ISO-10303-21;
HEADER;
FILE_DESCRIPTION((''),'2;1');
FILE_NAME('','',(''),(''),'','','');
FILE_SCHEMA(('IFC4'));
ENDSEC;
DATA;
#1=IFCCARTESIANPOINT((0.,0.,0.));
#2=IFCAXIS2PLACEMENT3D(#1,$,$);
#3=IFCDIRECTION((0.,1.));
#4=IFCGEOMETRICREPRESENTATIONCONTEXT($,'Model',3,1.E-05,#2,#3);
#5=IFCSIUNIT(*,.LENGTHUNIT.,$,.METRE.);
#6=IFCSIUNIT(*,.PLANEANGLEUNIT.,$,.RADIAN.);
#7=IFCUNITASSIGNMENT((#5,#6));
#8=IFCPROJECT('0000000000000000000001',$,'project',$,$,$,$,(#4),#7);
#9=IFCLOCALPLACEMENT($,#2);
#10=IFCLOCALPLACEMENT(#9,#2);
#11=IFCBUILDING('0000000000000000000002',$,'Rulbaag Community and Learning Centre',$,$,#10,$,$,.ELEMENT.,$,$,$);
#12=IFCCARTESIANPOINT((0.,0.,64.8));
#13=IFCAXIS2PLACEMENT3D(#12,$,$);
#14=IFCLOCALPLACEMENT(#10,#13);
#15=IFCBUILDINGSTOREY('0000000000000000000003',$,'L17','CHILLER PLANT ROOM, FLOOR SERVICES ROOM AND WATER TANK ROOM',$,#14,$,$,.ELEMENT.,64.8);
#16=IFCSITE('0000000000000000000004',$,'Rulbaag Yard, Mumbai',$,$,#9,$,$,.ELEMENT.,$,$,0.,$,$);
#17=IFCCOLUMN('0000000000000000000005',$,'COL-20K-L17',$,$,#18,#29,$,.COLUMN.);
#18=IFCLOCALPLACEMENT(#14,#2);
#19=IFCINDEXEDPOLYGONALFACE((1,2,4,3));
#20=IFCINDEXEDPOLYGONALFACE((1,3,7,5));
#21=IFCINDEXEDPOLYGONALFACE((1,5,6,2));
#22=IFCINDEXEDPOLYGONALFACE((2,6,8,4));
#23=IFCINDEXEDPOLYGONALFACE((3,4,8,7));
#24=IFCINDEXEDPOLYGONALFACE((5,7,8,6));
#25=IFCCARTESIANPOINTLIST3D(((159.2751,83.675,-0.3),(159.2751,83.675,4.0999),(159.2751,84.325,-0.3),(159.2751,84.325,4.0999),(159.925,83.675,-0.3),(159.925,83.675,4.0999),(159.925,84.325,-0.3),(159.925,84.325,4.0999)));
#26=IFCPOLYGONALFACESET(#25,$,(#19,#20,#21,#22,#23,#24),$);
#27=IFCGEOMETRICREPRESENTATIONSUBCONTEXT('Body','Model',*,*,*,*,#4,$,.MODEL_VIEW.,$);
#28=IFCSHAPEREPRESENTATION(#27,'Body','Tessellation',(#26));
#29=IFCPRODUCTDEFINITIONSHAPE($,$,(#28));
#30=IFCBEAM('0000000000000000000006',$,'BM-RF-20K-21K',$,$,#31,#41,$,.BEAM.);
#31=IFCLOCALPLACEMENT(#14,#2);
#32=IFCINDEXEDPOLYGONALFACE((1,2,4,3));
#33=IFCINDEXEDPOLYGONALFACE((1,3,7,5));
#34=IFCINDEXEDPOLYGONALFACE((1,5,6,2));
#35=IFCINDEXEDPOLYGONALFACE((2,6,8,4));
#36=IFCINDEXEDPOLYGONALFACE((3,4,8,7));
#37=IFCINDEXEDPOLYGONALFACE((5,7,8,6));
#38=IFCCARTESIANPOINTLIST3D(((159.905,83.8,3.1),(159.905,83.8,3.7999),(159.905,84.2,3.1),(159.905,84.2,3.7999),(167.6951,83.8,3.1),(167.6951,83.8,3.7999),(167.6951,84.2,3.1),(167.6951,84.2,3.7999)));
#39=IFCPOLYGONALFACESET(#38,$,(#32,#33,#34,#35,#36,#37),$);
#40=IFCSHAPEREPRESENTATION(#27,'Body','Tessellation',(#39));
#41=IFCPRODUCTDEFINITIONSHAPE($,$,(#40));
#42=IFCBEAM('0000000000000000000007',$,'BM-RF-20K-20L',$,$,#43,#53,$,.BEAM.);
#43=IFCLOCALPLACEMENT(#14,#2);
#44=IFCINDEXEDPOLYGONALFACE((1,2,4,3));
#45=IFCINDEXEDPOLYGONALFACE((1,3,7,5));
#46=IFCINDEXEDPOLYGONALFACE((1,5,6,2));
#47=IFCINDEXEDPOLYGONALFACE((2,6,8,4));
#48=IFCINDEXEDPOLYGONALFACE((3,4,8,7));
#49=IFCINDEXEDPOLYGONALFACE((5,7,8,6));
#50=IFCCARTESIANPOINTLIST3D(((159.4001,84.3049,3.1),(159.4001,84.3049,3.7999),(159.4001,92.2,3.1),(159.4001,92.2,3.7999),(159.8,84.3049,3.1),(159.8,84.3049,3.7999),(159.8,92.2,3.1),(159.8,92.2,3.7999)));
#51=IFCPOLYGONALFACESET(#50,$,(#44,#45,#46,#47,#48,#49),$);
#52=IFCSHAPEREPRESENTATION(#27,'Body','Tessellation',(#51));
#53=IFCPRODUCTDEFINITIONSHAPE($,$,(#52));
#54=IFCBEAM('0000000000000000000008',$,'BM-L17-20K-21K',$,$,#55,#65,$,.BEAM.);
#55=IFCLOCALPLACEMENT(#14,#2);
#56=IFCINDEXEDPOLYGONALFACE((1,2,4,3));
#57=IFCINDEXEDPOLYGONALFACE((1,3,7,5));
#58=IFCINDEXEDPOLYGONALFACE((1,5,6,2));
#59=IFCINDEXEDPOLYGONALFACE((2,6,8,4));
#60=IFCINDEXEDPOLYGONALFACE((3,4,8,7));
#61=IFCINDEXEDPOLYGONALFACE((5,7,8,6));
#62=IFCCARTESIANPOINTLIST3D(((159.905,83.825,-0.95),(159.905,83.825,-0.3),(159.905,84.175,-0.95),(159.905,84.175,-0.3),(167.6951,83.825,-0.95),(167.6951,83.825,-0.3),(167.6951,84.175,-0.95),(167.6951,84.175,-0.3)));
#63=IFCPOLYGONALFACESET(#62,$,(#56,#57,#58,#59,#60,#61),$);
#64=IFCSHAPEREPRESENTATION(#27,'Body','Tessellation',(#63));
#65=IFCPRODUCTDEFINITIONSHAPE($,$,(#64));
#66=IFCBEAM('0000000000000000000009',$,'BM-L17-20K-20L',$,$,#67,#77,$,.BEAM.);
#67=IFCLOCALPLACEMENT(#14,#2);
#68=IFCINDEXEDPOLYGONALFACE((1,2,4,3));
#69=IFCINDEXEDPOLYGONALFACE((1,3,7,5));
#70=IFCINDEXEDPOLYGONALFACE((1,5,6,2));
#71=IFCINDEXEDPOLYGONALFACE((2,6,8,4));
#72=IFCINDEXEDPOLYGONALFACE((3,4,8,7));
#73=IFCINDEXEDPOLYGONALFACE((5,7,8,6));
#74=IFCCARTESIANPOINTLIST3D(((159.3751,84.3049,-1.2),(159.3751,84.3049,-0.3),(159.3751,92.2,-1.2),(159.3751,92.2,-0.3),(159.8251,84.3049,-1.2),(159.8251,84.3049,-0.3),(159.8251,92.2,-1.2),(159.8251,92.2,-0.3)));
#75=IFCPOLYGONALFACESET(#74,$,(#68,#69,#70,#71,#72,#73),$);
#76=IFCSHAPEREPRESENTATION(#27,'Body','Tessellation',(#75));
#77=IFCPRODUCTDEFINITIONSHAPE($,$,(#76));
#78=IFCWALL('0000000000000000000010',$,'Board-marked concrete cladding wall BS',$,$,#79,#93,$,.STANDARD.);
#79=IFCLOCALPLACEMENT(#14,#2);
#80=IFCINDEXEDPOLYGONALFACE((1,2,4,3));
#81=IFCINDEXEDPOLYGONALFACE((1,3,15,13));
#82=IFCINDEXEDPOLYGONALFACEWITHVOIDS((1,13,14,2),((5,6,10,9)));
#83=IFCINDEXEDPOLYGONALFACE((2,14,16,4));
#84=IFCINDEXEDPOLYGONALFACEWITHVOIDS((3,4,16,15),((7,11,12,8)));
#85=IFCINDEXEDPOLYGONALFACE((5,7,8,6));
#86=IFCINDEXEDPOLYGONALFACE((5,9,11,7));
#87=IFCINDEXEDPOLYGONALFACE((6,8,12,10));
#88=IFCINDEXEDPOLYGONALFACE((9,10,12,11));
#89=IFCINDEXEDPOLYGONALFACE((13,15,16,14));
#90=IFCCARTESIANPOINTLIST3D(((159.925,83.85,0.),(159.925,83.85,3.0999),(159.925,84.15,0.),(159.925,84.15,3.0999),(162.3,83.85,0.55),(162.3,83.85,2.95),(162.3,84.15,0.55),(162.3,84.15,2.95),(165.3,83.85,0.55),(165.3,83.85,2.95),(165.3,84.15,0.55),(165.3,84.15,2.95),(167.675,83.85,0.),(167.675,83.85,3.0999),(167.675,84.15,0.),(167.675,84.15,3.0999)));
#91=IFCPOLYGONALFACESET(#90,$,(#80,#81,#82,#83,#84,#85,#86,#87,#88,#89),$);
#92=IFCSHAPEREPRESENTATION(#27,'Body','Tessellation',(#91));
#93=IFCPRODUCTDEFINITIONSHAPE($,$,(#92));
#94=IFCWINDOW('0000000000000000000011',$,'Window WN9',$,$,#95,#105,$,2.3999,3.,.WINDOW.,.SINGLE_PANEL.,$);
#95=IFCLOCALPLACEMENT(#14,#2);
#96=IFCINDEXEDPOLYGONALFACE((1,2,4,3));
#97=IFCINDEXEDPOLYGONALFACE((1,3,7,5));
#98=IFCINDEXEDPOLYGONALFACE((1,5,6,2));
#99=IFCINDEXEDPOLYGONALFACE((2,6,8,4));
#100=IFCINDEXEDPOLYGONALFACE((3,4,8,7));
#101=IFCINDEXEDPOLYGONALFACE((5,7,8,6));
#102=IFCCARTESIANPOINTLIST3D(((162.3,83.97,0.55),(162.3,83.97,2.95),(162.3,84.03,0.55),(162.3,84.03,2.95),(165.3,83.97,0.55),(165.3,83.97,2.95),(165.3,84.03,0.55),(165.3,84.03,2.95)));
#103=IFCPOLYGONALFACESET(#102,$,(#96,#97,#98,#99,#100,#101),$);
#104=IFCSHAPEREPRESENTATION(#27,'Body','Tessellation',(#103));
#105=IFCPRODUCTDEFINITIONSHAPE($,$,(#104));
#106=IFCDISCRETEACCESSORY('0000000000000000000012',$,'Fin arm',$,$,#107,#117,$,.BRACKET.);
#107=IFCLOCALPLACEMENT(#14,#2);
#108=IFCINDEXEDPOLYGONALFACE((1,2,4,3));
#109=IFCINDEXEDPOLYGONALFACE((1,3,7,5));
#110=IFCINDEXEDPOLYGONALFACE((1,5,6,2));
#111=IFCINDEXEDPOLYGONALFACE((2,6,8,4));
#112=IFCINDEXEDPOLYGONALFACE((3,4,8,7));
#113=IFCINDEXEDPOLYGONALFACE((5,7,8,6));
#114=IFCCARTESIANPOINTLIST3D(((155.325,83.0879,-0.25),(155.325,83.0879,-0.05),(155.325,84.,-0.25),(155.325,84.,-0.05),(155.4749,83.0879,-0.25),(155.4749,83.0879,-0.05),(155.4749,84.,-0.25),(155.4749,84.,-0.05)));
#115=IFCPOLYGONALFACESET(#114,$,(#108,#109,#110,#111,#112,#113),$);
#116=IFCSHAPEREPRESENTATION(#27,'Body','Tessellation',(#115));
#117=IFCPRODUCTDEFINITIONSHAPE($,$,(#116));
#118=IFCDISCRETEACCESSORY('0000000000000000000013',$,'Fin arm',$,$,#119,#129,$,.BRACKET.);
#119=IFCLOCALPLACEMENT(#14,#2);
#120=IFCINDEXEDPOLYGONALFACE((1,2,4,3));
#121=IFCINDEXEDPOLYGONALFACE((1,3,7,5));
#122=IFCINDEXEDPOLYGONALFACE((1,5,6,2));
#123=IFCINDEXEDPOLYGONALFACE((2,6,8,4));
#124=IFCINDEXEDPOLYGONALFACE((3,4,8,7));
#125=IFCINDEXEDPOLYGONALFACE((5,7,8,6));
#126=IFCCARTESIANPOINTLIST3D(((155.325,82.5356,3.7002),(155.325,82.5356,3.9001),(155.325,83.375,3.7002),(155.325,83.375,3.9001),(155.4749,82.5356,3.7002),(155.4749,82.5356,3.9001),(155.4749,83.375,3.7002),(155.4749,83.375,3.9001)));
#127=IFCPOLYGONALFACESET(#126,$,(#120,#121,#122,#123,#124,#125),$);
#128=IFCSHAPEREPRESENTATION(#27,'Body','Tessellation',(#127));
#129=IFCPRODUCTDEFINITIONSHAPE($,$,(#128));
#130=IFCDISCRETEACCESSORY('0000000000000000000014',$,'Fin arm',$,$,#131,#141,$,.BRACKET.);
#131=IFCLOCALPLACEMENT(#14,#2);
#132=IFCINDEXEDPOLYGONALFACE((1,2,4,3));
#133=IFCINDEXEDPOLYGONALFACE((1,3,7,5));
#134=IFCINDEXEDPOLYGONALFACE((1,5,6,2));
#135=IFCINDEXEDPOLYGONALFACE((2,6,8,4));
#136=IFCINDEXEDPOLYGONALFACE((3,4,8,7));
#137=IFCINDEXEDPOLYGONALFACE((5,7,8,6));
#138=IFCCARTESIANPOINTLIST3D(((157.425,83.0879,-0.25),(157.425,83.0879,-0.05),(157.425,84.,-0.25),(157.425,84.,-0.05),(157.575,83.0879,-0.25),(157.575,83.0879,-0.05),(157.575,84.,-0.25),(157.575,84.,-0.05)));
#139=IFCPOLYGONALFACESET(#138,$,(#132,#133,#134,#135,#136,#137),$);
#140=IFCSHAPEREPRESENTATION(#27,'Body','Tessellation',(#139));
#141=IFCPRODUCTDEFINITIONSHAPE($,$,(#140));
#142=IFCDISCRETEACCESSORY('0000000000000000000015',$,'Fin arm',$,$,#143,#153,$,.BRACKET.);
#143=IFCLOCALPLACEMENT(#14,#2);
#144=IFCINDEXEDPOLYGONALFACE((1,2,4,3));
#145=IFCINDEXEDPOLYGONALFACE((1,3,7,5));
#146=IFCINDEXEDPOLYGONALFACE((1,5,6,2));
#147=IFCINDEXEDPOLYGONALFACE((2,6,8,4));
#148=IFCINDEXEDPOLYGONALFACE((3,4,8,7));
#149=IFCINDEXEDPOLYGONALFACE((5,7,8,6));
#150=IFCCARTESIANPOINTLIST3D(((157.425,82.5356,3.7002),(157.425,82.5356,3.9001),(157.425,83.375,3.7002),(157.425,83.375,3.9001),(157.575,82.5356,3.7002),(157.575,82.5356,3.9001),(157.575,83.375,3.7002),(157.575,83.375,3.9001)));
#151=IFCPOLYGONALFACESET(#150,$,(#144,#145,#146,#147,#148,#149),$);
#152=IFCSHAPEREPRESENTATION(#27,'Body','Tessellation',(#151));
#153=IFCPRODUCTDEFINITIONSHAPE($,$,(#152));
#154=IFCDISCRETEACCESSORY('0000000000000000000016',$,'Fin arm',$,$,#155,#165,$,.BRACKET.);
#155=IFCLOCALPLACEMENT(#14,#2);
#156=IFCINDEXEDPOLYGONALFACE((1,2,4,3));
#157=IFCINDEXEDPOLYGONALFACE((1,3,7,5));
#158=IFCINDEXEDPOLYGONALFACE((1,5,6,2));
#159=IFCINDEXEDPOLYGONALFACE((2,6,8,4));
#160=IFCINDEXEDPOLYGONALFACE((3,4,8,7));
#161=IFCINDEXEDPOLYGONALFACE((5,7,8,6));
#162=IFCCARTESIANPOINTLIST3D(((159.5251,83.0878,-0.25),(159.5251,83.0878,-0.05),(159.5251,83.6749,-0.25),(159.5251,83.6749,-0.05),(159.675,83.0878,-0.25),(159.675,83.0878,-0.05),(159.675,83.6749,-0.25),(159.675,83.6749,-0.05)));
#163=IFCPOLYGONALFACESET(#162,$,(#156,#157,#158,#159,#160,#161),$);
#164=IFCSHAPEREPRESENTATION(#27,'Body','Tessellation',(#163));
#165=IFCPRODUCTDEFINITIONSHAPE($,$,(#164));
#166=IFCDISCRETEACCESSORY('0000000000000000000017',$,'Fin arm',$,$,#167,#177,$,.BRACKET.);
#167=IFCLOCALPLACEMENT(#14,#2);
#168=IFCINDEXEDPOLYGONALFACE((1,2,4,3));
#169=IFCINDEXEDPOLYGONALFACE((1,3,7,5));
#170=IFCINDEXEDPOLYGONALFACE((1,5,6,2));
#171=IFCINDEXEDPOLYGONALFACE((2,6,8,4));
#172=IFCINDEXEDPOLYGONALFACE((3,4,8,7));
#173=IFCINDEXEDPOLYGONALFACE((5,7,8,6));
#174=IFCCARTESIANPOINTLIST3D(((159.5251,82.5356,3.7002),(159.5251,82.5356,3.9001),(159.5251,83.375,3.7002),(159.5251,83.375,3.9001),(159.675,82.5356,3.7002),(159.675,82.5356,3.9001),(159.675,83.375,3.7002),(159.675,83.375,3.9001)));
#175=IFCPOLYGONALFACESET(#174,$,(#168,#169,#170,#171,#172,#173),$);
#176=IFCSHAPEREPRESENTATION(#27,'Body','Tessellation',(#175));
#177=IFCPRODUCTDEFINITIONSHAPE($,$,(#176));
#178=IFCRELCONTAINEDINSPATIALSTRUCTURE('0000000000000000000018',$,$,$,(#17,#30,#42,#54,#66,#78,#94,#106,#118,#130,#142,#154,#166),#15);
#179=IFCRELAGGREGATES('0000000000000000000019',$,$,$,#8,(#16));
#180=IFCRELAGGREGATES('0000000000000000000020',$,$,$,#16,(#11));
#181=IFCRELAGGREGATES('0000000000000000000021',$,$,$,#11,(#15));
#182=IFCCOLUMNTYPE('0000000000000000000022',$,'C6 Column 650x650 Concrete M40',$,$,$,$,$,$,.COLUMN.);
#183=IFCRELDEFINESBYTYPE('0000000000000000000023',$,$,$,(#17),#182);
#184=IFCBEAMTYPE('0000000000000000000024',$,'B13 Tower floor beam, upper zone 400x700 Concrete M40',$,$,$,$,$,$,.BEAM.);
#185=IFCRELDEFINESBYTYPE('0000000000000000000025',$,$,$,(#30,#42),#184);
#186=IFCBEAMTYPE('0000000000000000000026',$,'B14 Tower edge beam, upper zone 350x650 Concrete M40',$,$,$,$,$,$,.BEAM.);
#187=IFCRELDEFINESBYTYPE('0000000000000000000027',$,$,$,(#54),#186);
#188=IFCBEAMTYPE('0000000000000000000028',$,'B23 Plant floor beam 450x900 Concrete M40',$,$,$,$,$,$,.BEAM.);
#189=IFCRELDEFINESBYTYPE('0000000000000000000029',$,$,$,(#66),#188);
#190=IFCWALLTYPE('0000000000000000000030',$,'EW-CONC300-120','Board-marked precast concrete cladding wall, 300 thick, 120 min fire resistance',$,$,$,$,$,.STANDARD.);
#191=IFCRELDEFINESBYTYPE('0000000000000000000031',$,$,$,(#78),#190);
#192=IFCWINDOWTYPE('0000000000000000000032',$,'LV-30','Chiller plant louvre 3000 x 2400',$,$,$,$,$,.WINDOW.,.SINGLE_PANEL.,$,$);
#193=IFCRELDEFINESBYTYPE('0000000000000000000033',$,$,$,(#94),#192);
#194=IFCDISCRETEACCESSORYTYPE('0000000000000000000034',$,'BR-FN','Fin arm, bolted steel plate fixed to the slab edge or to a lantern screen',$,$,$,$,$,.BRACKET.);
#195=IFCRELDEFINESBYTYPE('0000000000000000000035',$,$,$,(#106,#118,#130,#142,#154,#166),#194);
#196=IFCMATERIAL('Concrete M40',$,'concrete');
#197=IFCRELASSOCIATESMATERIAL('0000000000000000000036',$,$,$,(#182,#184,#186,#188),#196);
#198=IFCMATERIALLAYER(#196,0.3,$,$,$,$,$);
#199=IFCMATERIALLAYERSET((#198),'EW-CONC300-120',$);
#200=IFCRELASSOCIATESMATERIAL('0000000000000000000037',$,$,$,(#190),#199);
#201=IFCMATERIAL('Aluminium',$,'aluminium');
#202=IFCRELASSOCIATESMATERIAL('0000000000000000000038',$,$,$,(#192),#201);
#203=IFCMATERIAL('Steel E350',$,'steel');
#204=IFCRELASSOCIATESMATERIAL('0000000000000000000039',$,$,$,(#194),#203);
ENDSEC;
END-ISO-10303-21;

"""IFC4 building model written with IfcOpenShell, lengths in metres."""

from ifc_helpers import new_model, si_unit, direction, frame, frame_2d, origin, origin_2d, place, context, subcontext, project, spatial, rectangle, extrude, material, layer, layer_set, material_profile, profile_set, type_object, element, fill, save


model = new_model("IFC4")

# Units and contexts
model_context = context("Model", 3, precision=1e-05, world=origin(), true_north=direction((0.0, 1.0)))
body_context = subcontext(model_context, "Body", "Model", "MODEL_VIEW")
ifc_project = project(units=[si_unit("LENGTHUNIT", "METRE"), si_unit("PLANEANGLEUNIT", "RADIAN")], contexts=[model_context])

# Site, building, storey
site_placement = place(None, origin())
site = spatial("IfcSite", under=ifc_project, at=site_placement, Name="Rulbaag Yard, Mumbai", CompositionType="ELEMENT", RefElevation=0.0)
building_placement = place(site_placement, origin())
building = spatial("IfcBuilding", under=site, at=building_placement, Name="Rulbaag Community and Learning Centre", CompositionType="ELEMENT")
storey_placement = place(building_placement, frame((0.0, 0.0, 64.8)))
storey = spatial("IfcBuildingStorey", under=building, at=storey_placement, Name="L17", Description="CHILLER PLANT ROOM, FLOOR SERVICES ROOM AND WATER TANK ROOM", CompositionType="ELEMENT", Elevation=64.8)

# Column
ifc_material_1 = material(Name="Concrete M40", Category="concrete")
ifc_material_profile_1 = material_profile(ifc_material_1, rectangle(XDim=0.6499, YDim=0.6499, at=origin_2d()), Name="RC650x650")
ifc_profile_set_1 = profile_set([ifc_material_profile_1], Name="Concrete M40")
column_type = type_object("IfcColumnType", Name="C6 Column 650x650 Concrete M40", PredefinedType="COLUMN", material=ifc_profile_set_1)
column_placement = place(storey_placement, frame((159.6001, 84.0, -0.3), z_axis=(0.0, 0.0, 1.0), x_axis=(1.0, 0.0, 0.0)))
element("IfcColumn", 1, at=column_placement, inside=storey, type_object=column_type, Name="COL-20K-L17", PredefinedType="COLUMN", context=body_context, shape_type="SweptSolid", body=[
    extrude(rectangle(XDim=0.6499, YDim=0.6499, at=origin_2d()), origin(), (0.0, 0.0, 1.0), 4.3999),
])

# Beams
ifc_material_profile_2 = material_profile(ifc_material_1, rectangle(XDim=0.3999, YDim=0.7, at=origin_2d()), Name="RB400x700")
ifc_profile_set_2 = profile_set([ifc_material_profile_2], Name="Concrete M40")
beam_type_1 = type_object("IfcBeamType", Name="B13 Tower floor beam, upper zone 400x700 Concrete M40", PredefinedType="BEAM", material=ifc_profile_set_2)
beam_1_placement = place(storey_placement, frame((159.905, 84.0, 3.45), z_axis=(1.0, 0.0, 0.0), x_axis=(0.0, 1.0, 0.0)))
element("IfcBeam", 2, at=beam_1_placement, inside=storey, type_object=beam_type_1, Name="BM-RF-20K-21K", PredefinedType="BEAM", context=body_context, shape_type="SweptSolid", body=[
    extrude(rectangle(XDim=0.3999, YDim=0.7, at=origin_2d()), origin(), (0.0, 0.0, 1.0), 7.79),
])
beam_2_placement = place(storey_placement, frame((159.6001, 84.3049, 3.45), z_axis=(0.0, 1.0, 0.0), x_axis=(-1.0, 0.0, 0.0)))
element("IfcBeam", 3, at=beam_2_placement, inside=storey, type_object=beam_type_1, Name="BM-RF-20K-20L", PredefinedType="BEAM", context=body_context, shape_type="SweptSolid", body=[
    extrude(rectangle(XDim=0.3999, YDim=0.7, at=origin_2d()), origin(), (0.0, 0.0, 1.0), 7.895),
])
ifc_material_profile_3 = material_profile(ifc_material_1, rectangle(XDim=0.3501, YDim=0.6499, at=origin_2d()), Name="RB350x650")
ifc_profile_set_3 = profile_set([ifc_material_profile_3], Name="Concrete M40")
beam_type_2 = type_object("IfcBeamType", Name="B14 Tower edge beam, upper zone 350x650 Concrete M40", PredefinedType="BEAM", material=ifc_profile_set_3)
beam_3_placement = place(storey_placement, frame((159.905, 84.0, -0.625), z_axis=(1.0, 0.0, 0.0), x_axis=(0.0, 1.0, 0.0)))
element("IfcBeam", 4, at=beam_3_placement, inside=storey, type_object=beam_type_2, Name="BM-L17-20K-21K", PredefinedType="BEAM", context=body_context, shape_type="SweptSolid", body=[
    extrude(rectangle(XDim=0.3501, YDim=0.6499, at=origin_2d()), origin(), (0.0, 0.0, 1.0), 7.79),
])
ifc_material_profile_4 = material_profile(ifc_material_1, rectangle(XDim=0.45, YDim=0.8999, at=origin_2d()), Name="RB450x900")
ifc_profile_set_4 = profile_set([ifc_material_profile_4], Name="Concrete M40")
beam_type_3 = type_object("IfcBeamType", Name="B23 Plant floor beam 450x900 Concrete M40", PredefinedType="BEAM", material=ifc_profile_set_4)
beam_4_placement = place(storey_placement, frame((159.6001, 84.3049, -0.75), z_axis=(0.0, 1.0, 0.0), x_axis=(-1.0, 0.0, 0.0)))
element("IfcBeam", 5, at=beam_4_placement, inside=storey, type_object=beam_type_3, Name="BM-L17-20K-20L", PredefinedType="BEAM", context=body_context, shape_type="SweptSolid", body=[
    extrude(rectangle(XDim=0.45, YDim=0.8999, at=origin_2d()), origin(), (0.0, 0.0, 1.0), 7.895),
])

# Wall, opening, window
ifc_layer_1 = layer(ifc_material_1, 0.3)
ifc_layer_set_1 = layer_set([ifc_layer_1], Name="EW-CONC300-120")
wall_type = type_object("IfcWallType", Name="EW-CONC300-120", Description="Board-marked precast concrete cladding wall, 300 thick, 120 min fire resistance", PredefinedType="STANDARD", material=ifc_layer_set_1)
wall_placement = place(storey_placement, frame((159.925, 84.0, 0.0), z_axis=(0.0, 0.0, 1.0), x_axis=(1.0, 0.0, 0.0)))
wall = element("IfcWall", 6, at=wall_placement, inside=storey, type_object=wall_type, Name="Board-marked concrete cladding wall BS", PredefinedType="STANDARD", context=body_context, shape_type="SweptSolid", body=[
    extrude(rectangle(XDim=7.75, YDim=0.3, at=frame_2d((3.875, 0.0))), origin(), (0.0, 0.0, 1.0), 3.0999),
])
opening_1_placement = place(wall_placement, frame((2.375, 0.0, 0.55)))
opening_1 = element("IfcOpeningElement", 7, at=opening_1_placement, cuts=wall, PredefinedType="OPENING", context=body_context, shape_type="SweptSolid", body=[
    extrude(rectangle(XDim=3.0, YDim=2.3999, at=frame_2d((1.5, 1.2))), frame((0.0, 0.1599, 0.0), z_axis=(0.0, -1.0, 0.0), x_axis=(1.0, 0.0, 0.0)), (0.0, 0.0, 1.0), 0.3201),
])
ifc_material_2 = material(Name="Aluminium", Category="aluminium")
window_type = type_object("IfcWindowType", Name="LV-30", Description="Chiller plant louvre 3000 x 2400", PartitioningType="SINGLE_PANEL", PredefinedType="WINDOW", material=ifc_material_2)
window_placement = place(opening_1_placement, origin())
window = element("IfcWindow", 8, at=window_placement, inside=storey, type_object=window_type, Name="Window WN9", OverallHeight=2.3999, OverallWidth=3.0, PartitioningType="SINGLE_PANEL", PredefinedType="WINDOW", context=body_context, shape_type="SweptSolid", body=[
    extrude(rectangle(XDim=3.0, YDim=2.3999, at=frame_2d((1.5, 1.2))), frame((0.0, 0.03, 0.0), z_axis=(0.0, -1.0, 0.0), x_axis=(1.0, 0.0, 0.0)), (0.0, 0.0, 1.0), 0.0601),
])
fill(opening_1, window)

# Discrete accessories
ifc_material_3 = material(Name="Steel E350", Category="steel")
discrete_accessory_type_1 = type_object("IfcDiscreteAccessoryType", Name="BR-FN", Description="Fin arm, bolted steel plate fixed to the slab edge or to a lantern screen", PredefinedType="BRACKET", material=ifc_material_3)
discrete_accessory_1_placement = place(storey_placement, frame((155.3999, 83.5439, -0.25), z_axis=(0.0, 0.0, 1.0), x_axis=(1.0, 0.0, 0.0)))
element("IfcDiscreteAccessory", 9, at=discrete_accessory_1_placement, inside=storey, type_object=discrete_accessory_type_1, Name="Fin arm", PredefinedType="BRACKET", context=body_context, shape_type="SweptSolid", body=[
    extrude(rectangle(XDim=0.1499, YDim=0.9121, at=origin_2d()), origin(), (0.0, 0.0, 1.0), 0.2),
])
discrete_accessory_2_placement = place(storey_placement, frame((155.3999, 82.9553, 3.7002), z_axis=(0.0, 0.0, 1.0), x_axis=(1.0, 0.0, 0.0)))
element("IfcDiscreteAccessory", 10, at=discrete_accessory_2_placement, inside=storey, type_object=discrete_accessory_type_1, Name="Fin arm", PredefinedType="BRACKET", context=body_context, shape_type="SweptSolid", body=[
    extrude(rectangle(XDim=0.1499, YDim=0.8394, at=origin_2d()), origin(), (0.0, 0.0, 1.0), 0.2),
])
discrete_accessory_3_placement = place(storey_placement, frame((157.5, 83.5439, -0.25), z_axis=(0.0, 0.0, 1.0), x_axis=(1.0, 0.0, 0.0)))
element("IfcDiscreteAccessory", 11, at=discrete_accessory_3_placement, inside=storey, type_object=discrete_accessory_type_1, Name="Fin arm", PredefinedType="BRACKET", context=body_context, shape_type="SweptSolid", body=[
    extrude(rectangle(XDim=0.1499, YDim=0.9121, at=origin_2d()), origin(), (0.0, 0.0, 1.0), 0.2),
])
discrete_accessory_4_placement = place(storey_placement, frame((157.5, 82.9553, 3.7002), z_axis=(0.0, 0.0, 1.0), x_axis=(1.0, 0.0, 0.0)))
element("IfcDiscreteAccessory", 12, at=discrete_accessory_4_placement, inside=storey, type_object=discrete_accessory_type_1, Name="Fin arm", PredefinedType="BRACKET", context=body_context, shape_type="SweptSolid", body=[
    extrude(rectangle(XDim=0.1499, YDim=0.8394, at=origin_2d()), origin(), (0.0, 0.0, 1.0), 0.2),
])
discrete_accessory_5_placement = place(storey_placement, frame((159.6001, 83.3813, -0.25), z_axis=(0.0, 0.0, 1.0), x_axis=(1.0, 0.0, 0.0)))
element("IfcDiscreteAccessory", 13, at=discrete_accessory_5_placement, inside=storey, type_object=discrete_accessory_type_1, Name="Fin arm", PredefinedType="BRACKET", context=body_context, shape_type="SweptSolid", body=[
    extrude(rectangle(XDim=0.1499, YDim=0.5872, at=origin_2d()), origin(), (0.0, 0.0, 1.0), 0.2),
])
for number, where, z_axis, x_axis, name in (
    (14, (159.6001, 82.9553, 3.7002), (0.0, 0.0, 1.0), (1.0, 0.0, 0.0), "Fin arm"),
):
    element("IfcDiscreteAccessory", number, at=place(storey_placement, frame(where, z_axis=z_axis, x_axis=x_axis)), inside=storey, type_object=discrete_accessory_type_1, Name=name, PredefinedType="BRACKET", context=body_context, shape_type="SweptSolid", body=[
        extrude(rectangle(XDim=0.1499, YDim=0.8394, at=origin_2d()), origin(), (0.0, 0.0, 1.0), 0.2),
    ])

save(model, "model.ifc")
